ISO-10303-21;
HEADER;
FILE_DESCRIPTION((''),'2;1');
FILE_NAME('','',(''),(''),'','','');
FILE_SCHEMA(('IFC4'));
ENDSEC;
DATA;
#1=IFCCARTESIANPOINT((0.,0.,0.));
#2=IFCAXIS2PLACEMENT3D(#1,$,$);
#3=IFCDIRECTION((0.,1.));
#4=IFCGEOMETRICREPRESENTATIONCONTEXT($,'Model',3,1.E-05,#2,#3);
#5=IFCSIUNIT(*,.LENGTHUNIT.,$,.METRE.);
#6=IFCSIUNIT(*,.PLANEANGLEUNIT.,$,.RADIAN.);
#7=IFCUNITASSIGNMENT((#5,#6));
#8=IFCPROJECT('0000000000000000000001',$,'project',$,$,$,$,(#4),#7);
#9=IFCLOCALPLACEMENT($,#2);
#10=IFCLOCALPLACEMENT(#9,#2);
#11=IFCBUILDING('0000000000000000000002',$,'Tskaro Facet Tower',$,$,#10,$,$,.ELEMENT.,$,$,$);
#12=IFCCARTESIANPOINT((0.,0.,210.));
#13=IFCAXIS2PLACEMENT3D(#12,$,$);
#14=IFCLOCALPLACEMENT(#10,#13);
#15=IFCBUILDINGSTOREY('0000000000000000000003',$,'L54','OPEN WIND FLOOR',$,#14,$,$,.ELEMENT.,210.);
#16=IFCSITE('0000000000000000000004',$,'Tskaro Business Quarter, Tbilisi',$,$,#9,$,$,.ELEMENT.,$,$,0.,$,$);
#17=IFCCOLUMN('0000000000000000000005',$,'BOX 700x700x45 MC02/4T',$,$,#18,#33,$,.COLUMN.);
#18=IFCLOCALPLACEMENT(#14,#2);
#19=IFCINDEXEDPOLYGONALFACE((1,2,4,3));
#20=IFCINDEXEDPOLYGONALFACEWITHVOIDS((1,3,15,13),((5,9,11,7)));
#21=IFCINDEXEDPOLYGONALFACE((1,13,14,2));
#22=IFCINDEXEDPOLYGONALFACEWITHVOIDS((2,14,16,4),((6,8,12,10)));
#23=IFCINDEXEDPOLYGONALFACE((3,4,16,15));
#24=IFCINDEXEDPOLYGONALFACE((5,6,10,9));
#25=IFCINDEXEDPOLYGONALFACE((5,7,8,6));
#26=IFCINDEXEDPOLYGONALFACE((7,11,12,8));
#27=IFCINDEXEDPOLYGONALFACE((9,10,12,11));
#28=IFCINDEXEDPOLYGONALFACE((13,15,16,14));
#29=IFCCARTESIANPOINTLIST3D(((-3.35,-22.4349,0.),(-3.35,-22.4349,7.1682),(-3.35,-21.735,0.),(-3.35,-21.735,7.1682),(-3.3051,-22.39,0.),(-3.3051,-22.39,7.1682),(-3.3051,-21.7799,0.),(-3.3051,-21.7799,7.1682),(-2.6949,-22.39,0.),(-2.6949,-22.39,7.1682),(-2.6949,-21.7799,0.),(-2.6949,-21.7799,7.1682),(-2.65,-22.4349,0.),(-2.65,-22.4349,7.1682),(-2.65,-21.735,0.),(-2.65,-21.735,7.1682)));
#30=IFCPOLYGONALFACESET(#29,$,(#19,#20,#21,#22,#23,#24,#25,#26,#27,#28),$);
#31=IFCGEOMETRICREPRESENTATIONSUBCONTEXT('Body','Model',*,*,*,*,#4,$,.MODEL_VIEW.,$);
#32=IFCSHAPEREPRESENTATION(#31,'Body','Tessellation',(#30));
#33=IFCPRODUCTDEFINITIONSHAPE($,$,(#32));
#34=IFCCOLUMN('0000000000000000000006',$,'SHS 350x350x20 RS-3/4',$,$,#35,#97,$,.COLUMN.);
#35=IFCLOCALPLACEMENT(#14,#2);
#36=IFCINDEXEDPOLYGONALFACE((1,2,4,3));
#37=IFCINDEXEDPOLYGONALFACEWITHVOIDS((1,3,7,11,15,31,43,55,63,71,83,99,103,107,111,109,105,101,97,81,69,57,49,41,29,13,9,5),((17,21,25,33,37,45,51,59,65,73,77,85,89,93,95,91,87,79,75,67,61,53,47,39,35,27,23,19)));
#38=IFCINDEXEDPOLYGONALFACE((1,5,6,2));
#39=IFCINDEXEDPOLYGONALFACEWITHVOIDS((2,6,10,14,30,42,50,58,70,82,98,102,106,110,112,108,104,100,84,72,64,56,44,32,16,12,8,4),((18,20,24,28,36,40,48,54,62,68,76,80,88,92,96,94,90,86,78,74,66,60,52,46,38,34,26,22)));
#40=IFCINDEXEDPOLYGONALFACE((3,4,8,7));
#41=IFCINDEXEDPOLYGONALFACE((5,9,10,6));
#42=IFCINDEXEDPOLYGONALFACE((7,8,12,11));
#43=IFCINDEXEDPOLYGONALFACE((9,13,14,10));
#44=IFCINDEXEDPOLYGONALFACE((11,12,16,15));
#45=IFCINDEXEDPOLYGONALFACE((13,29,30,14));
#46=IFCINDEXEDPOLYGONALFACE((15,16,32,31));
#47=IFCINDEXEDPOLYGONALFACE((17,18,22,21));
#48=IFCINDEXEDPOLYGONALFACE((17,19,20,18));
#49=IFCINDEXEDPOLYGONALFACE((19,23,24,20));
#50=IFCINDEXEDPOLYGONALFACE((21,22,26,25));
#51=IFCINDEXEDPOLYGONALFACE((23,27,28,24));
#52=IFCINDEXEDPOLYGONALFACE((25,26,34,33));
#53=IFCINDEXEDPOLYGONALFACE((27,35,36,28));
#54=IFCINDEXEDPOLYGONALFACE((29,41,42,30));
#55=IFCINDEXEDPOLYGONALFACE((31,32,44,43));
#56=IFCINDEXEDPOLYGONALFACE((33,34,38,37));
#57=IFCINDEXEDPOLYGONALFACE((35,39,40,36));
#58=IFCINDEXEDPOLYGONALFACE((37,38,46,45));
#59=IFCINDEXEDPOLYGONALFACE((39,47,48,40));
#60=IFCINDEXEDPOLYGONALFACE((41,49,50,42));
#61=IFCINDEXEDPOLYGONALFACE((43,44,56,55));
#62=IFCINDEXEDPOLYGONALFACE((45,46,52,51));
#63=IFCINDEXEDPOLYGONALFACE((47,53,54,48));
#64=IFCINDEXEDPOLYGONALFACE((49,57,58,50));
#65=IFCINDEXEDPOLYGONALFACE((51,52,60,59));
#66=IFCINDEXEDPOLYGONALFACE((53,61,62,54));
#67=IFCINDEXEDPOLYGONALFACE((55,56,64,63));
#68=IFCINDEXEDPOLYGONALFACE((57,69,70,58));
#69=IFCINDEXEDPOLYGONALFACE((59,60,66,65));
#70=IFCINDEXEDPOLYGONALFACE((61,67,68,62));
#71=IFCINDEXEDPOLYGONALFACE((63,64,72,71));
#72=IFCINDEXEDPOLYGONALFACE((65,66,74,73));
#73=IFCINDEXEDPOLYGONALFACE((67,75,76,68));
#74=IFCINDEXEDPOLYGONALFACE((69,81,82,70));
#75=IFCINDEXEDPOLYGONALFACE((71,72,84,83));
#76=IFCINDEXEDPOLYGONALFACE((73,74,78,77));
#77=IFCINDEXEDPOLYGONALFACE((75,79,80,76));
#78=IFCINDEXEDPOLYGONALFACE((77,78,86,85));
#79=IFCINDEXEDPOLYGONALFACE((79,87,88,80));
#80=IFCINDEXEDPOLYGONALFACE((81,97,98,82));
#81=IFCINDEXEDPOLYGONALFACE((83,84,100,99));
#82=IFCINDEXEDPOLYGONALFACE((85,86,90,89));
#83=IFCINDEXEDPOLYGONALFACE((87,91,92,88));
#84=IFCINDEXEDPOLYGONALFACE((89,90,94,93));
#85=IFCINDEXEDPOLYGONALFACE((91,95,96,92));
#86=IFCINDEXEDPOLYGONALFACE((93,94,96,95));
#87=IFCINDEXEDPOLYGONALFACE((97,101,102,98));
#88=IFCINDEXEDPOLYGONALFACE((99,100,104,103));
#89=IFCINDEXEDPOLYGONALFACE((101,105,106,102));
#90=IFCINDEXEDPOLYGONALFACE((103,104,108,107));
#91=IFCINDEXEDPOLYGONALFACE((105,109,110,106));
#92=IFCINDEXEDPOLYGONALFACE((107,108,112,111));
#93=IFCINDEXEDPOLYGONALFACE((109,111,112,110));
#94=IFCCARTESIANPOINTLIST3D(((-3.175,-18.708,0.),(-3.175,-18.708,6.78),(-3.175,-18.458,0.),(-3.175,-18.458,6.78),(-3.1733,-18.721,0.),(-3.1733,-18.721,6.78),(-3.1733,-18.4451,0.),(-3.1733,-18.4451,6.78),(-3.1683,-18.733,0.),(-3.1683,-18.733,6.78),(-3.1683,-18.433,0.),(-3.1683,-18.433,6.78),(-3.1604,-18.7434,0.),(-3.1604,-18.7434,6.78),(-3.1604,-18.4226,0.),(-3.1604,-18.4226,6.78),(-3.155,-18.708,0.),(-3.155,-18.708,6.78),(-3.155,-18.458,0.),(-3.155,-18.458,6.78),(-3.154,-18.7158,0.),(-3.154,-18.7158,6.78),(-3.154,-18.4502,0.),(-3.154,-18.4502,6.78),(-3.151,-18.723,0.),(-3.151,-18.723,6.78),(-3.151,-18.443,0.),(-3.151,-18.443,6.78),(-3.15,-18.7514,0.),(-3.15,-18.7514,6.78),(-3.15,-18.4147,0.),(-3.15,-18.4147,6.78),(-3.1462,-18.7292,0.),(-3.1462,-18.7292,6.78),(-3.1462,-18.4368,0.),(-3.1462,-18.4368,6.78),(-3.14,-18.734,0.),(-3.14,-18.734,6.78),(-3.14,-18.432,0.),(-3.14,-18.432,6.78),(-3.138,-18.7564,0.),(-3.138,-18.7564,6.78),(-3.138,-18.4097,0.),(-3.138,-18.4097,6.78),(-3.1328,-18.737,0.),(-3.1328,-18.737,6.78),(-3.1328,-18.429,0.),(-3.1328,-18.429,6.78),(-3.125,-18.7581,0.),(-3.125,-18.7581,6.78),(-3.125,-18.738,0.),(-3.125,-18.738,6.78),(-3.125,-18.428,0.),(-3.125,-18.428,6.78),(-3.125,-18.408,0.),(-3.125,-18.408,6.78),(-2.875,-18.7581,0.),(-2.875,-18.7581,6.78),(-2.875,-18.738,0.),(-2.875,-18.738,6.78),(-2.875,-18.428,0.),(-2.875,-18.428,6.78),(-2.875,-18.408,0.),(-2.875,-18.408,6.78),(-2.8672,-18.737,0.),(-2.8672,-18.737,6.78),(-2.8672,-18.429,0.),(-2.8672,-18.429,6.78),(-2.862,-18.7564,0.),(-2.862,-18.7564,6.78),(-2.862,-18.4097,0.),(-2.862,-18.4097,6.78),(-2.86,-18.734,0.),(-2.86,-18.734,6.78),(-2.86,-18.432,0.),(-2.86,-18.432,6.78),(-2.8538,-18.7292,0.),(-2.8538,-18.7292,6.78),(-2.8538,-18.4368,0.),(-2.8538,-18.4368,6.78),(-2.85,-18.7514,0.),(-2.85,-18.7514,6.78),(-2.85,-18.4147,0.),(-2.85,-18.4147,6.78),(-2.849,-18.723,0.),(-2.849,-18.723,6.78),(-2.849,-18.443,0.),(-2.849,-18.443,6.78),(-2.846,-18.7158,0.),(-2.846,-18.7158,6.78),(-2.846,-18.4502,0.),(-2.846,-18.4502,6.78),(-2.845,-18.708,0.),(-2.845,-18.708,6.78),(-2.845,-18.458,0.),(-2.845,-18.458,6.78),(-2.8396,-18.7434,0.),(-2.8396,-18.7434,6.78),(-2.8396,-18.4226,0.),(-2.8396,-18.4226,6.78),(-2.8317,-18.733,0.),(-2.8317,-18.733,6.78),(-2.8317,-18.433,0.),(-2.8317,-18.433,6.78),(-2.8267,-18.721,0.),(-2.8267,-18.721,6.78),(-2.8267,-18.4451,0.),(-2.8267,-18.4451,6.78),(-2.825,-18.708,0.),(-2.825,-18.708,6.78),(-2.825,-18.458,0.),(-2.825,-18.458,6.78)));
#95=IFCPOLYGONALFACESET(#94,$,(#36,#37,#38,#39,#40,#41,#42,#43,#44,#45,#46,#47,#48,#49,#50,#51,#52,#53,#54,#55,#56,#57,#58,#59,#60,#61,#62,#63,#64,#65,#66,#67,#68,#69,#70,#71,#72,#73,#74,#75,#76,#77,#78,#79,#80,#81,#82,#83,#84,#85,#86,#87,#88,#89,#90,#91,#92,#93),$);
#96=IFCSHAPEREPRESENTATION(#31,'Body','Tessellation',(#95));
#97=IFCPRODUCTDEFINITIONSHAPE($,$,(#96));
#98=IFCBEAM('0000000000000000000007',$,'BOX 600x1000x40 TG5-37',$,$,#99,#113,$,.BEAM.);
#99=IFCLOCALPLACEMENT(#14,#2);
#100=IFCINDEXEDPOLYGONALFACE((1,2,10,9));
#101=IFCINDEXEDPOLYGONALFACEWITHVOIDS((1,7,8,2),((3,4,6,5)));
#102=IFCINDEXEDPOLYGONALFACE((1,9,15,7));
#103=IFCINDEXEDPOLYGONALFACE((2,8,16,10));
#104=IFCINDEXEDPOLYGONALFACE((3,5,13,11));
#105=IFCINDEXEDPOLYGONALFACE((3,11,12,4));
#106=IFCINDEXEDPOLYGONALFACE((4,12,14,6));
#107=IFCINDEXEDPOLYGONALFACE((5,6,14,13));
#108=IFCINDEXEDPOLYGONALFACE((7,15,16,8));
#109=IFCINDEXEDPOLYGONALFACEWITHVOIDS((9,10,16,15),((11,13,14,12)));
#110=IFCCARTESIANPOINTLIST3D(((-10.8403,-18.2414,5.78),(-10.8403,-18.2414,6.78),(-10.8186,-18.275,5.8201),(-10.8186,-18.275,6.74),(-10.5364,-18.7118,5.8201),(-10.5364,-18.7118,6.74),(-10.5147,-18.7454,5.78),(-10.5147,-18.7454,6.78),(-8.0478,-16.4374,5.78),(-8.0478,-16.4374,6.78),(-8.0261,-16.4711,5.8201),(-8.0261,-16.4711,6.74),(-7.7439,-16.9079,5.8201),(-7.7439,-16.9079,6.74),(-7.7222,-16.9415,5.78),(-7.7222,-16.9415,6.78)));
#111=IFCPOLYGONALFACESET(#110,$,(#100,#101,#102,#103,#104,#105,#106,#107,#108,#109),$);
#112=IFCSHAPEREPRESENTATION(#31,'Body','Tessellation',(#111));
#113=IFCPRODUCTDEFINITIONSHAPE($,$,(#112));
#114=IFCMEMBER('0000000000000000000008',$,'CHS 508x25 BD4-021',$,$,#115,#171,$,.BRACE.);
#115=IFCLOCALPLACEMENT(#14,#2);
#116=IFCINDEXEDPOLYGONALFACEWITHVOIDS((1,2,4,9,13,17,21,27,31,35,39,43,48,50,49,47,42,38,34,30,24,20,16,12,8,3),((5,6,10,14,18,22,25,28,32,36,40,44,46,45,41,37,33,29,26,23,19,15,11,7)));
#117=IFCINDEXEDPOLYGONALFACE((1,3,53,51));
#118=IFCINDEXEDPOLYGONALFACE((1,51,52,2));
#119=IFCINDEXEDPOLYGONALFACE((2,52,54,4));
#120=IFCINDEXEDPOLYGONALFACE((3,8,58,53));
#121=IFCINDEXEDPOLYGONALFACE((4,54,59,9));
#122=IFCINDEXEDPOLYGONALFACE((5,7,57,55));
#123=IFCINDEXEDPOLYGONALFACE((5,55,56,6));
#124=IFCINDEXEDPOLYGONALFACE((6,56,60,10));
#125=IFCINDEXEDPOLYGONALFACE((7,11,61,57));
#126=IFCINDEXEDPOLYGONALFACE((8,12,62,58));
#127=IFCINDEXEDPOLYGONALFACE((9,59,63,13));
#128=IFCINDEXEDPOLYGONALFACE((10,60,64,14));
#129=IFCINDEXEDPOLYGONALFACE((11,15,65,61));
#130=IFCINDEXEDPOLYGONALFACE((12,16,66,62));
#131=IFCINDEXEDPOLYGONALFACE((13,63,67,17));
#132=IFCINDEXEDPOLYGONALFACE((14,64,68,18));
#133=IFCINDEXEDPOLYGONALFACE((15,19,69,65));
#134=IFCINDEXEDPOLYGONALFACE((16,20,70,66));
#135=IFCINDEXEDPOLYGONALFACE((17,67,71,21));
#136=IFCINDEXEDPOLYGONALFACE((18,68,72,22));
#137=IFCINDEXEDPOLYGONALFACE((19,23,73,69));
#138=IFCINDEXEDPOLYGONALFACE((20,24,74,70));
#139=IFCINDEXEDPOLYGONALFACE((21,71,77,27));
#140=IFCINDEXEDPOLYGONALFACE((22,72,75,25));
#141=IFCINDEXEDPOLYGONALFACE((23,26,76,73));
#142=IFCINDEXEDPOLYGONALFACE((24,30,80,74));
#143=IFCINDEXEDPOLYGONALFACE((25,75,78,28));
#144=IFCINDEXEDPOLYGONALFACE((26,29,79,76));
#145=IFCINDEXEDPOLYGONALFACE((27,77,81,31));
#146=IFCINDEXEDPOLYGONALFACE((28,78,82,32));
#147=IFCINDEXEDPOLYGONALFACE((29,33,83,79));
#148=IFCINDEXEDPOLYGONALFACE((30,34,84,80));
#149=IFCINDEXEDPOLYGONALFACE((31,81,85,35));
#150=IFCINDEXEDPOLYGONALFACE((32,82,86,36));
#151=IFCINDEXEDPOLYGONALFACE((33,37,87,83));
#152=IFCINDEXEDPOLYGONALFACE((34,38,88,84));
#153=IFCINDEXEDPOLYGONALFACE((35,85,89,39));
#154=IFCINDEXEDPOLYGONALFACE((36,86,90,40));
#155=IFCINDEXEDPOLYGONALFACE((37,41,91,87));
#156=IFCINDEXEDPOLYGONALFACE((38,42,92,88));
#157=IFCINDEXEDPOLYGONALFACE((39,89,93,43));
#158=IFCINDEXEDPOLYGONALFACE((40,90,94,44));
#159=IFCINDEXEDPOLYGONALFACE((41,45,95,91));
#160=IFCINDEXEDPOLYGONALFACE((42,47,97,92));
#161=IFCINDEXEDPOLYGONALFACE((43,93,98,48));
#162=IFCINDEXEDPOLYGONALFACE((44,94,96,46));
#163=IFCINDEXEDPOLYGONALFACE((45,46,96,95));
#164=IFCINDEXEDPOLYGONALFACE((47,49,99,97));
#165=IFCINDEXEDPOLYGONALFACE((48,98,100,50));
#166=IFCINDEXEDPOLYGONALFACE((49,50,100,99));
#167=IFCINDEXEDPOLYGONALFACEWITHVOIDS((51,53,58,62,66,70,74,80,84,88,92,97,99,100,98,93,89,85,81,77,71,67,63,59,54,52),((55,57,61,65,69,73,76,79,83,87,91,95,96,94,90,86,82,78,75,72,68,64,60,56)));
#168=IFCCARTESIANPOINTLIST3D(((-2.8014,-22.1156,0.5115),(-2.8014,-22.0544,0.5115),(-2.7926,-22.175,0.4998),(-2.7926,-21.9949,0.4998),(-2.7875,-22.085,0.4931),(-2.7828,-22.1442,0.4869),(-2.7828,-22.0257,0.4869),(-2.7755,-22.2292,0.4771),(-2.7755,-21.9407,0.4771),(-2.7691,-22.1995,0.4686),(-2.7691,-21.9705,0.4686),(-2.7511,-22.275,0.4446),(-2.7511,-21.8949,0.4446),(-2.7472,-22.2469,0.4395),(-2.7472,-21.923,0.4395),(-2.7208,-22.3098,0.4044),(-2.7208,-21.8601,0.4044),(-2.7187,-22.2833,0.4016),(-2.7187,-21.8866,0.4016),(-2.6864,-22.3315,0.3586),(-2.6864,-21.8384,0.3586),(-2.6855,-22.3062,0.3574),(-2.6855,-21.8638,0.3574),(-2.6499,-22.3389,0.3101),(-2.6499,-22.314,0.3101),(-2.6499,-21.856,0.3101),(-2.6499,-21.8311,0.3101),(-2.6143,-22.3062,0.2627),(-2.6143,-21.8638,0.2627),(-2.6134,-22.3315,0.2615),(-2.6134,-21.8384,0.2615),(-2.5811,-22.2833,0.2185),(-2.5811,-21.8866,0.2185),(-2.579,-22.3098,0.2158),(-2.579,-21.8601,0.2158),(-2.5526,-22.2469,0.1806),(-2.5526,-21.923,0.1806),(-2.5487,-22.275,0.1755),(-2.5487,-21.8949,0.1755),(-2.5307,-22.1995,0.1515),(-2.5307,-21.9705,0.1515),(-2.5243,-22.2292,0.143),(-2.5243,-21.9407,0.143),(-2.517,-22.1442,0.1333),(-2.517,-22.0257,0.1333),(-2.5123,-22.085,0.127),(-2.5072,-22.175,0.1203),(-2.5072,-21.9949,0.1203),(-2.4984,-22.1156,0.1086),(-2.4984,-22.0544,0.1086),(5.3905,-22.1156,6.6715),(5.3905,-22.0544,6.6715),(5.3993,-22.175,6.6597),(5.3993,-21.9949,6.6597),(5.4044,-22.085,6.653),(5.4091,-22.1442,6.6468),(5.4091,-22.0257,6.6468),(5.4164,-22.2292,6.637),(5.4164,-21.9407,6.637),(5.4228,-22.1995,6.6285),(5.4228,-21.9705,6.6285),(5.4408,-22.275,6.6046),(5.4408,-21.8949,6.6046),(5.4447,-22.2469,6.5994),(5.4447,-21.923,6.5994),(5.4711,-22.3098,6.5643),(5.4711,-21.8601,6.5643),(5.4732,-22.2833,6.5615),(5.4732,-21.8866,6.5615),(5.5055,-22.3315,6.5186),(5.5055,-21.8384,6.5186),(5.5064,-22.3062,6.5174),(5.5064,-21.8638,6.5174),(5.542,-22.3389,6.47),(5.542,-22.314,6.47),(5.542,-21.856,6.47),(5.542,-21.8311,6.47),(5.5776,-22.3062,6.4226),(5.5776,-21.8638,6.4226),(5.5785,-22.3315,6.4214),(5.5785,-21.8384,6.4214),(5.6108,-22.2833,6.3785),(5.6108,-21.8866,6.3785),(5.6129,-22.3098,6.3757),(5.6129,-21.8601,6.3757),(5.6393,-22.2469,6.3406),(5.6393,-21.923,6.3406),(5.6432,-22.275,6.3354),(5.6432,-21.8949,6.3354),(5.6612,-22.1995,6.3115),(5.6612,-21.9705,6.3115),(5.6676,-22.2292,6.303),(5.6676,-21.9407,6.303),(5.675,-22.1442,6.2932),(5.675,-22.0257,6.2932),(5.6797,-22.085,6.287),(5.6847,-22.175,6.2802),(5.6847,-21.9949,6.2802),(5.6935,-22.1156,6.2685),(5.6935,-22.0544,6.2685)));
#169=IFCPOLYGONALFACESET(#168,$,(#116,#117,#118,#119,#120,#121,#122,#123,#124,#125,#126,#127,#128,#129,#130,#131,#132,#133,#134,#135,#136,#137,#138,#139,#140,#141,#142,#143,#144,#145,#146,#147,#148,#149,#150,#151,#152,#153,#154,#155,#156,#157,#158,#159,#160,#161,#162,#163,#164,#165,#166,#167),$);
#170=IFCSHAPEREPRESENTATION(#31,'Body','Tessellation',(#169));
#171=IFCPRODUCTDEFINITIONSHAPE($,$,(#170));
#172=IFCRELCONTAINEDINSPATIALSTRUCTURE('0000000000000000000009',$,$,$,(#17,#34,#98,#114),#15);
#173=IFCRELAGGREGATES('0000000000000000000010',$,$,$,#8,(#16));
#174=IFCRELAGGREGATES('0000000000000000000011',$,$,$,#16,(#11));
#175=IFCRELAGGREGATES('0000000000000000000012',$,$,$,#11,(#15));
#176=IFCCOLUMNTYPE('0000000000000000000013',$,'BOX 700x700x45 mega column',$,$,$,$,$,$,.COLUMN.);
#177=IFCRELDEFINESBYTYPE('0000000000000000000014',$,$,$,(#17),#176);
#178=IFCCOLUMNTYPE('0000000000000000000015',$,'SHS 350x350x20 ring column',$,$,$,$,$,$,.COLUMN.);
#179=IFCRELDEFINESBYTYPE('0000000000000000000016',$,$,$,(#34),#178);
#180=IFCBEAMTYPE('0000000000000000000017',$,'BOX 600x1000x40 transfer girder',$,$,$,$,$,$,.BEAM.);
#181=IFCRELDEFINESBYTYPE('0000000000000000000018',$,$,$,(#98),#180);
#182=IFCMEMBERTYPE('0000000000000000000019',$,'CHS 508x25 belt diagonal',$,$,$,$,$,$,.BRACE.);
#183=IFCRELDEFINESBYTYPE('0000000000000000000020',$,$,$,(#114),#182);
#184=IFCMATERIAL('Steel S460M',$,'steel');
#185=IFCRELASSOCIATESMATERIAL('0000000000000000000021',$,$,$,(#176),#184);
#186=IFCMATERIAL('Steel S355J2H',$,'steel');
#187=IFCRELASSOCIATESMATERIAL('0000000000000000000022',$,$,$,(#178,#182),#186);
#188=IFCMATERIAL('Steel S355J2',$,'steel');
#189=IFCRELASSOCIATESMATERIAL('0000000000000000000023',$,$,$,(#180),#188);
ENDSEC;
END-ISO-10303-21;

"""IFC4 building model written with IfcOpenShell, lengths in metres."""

from ifc_helpers import new_model, si_unit, direction, frame, origin, origin_2d, place, context, subcontext, project, spatial, hollow_rectangle, hollow_circle, extrude, material, material_profile, profile_set, type_object, element, save


model = new_model("IFC4")

# Units and contexts
model_context = context("Model", 3, precision=1e-05, world=origin(), true_north=direction((0.0, 1.0)))
body_context = subcontext(model_context, "Body", "Model", "MODEL_VIEW")
ifc_project = project(units=[si_unit("LENGTHUNIT", "METRE"), si_unit("PLANEANGLEUNIT", "RADIAN")], contexts=[model_context])

# Site, building, storey
site_placement = place(None, origin())
site = spatial("IfcSite", under=ifc_project, at=site_placement, Name="Tskaro Business Quarter, Tbilisi", CompositionType="ELEMENT", RefElevation=0.0)
building_placement = place(site_placement, origin())
building = spatial("IfcBuilding", under=site, at=building_placement, Name="Tskaro Facet Tower", CompositionType="ELEMENT")
storey_placement = place(building_placement, frame((0.0, 0.0, 210.0)))
storey = spatial("IfcBuildingStorey", under=building, at=storey_placement, Name="L54", Description="OPEN WIND FLOOR", CompositionType="ELEMENT", Elevation=210.0)

# Columns
ifc_material_1 = material(Name="Steel S460M", Category="steel")
ifc_material_profile_1 = material_profile(ifc_material_1, hollow_rectangle(XDim=0.7, YDim=0.7, WallThickness=0.0449, at=origin_2d()), Name="BOX 700x700x45")
ifc_profile_set_1 = profile_set([ifc_material_profile_1], Name="Steel S460M")
column_type_1 = type_object("IfcColumnType", Name="BOX 700x700x45 mega column", PredefinedType="COLUMN", material=ifc_profile_set_1)
column_1_placement = place(storey_placement, frame((-3.0, -22.085, 0.0), z_axis=(0.0, 0.0, 1.0), x_axis=(1.0, 0.0, 0.0)))
element("IfcColumn", 1, at=column_1_placement, inside=storey, type_object=column_type_1, Name="BOX 700x700x45 MC02/4T", PredefinedType="COLUMN", context=body_context, shape_type="SweptSolid", body=[
    extrude(hollow_rectangle(XDim=0.7, YDim=0.7, WallThickness=0.0449, at=origin_2d()), origin(), (0.0, 0.0, 1.0), 7.1682),
])
ifc_material_2 = material(Name="Steel S355J2H", Category="steel")
ifc_material_profile_2 = material_profile(ifc_material_2, hollow_rectangle(XDim=0.3501, YDim=0.3501, WallThickness=0.02, InnerFilletRadius=0.03, OuterFilletRadius=0.05, at=origin_2d()), Name="SHS 350x350x20")
ifc_profile_set_2 = profile_set([ifc_material_profile_2], Name="Steel S355J2H")
column_type_2 = type_object("IfcColumnType", Name="SHS 350x350x20 ring column", PredefinedType="COLUMN", material=ifc_profile_set_2)
column_2_placement = place(storey_placement, frame((-3.0, -18.583, 0.0), z_axis=(0.0, 0.0, 1.0), x_axis=(1.0, 0.0, 0.0)))
element("IfcColumn", 2, at=column_2_placement, inside=storey, type_object=column_type_2, Name="SHS 350x350x20 RS-3/4", PredefinedType="COLUMN", context=body_context, shape_type="SweptSolid", body=[
    extrude(hollow_rectangle(XDim=0.3501, YDim=0.3501, WallThickness=0.02, InnerFilletRadius=0.03, OuterFilletRadius=0.05, at=origin_2d()), origin(), (0.0, 0.0, 1.0), 6.78),
])

# Beam
ifc_material_3 = material(Name="Steel S355J2", Category="steel")
ifc_material_profile_3 = material_profile(ifc_material_3, hollow_rectangle(XDim=0.6001, YDim=1.0, WallThickness=0.04, at=origin_2d()), Name="BOX 600x1000x40")
ifc_profile_set_3 = profile_set([ifc_material_profile_3], Name="Steel S355J2")
beam_type_1 = type_object("IfcBeamType", Name="BOX 600x1000x40 transfer girder", PredefinedType="BEAM", material=ifc_profile_set_3)
beam_1_placement = place(storey_placement, frame((-7.885, -16.6895, 6.28), z_axis=(-0.839974, -0.542627, 0.0), x_axis=(0.542627, -0.839974, 0.0)))
element("IfcBeam", 3, at=beam_1_placement, inside=storey, type_object=beam_type_1, Name="BOX 600x1000x40 TG5-37", PredefinedType="BEAM", context=body_context, shape_type="SweptSolid", body=[
    extrude(hollow_rectangle(XDim=0.6001, YDim=1.0, WallThickness=0.04, at=origin_2d()), origin(), (0.0, 0.0, 1.0), 3.3245),
])

# Member
ifc_material_profile_4 = material_profile(ifc_material_2, hollow_circle(Radius=0.2539, WallThickness=0.0249, at=origin_2d()), Name="CHS 508x25")
ifc_profile_set_4 = profile_set([ifc_material_profile_4], Name="Steel S355J2H")
member_type_1 = type_object("IfcMemberType", Name="CHS 508x25 belt diagonal", PredefinedType="BRACE", material=ifc_profile_set_4)
member_1_placement = place(storey_placement, frame((-2.6499, -22.085, 0.3101), z_axis=(0.79925, 0.0, 0.600998), x_axis=(0.0, 1.0, 0.0)))
element("IfcMember", 4, at=member_1_placement, inside=storey, type_object=member_type_1, Name="CHS 508x25 BD4-021", PredefinedType="BRACE", context=body_context, shape_type="SweptSolid", body=[
    extrude(hollow_circle(Radius=0.2539, WallThickness=0.0249, at=origin_2d()), origin(), (0.0, 0.0, 1.0), 10.2495),
])

save(model, "model.ifc")
